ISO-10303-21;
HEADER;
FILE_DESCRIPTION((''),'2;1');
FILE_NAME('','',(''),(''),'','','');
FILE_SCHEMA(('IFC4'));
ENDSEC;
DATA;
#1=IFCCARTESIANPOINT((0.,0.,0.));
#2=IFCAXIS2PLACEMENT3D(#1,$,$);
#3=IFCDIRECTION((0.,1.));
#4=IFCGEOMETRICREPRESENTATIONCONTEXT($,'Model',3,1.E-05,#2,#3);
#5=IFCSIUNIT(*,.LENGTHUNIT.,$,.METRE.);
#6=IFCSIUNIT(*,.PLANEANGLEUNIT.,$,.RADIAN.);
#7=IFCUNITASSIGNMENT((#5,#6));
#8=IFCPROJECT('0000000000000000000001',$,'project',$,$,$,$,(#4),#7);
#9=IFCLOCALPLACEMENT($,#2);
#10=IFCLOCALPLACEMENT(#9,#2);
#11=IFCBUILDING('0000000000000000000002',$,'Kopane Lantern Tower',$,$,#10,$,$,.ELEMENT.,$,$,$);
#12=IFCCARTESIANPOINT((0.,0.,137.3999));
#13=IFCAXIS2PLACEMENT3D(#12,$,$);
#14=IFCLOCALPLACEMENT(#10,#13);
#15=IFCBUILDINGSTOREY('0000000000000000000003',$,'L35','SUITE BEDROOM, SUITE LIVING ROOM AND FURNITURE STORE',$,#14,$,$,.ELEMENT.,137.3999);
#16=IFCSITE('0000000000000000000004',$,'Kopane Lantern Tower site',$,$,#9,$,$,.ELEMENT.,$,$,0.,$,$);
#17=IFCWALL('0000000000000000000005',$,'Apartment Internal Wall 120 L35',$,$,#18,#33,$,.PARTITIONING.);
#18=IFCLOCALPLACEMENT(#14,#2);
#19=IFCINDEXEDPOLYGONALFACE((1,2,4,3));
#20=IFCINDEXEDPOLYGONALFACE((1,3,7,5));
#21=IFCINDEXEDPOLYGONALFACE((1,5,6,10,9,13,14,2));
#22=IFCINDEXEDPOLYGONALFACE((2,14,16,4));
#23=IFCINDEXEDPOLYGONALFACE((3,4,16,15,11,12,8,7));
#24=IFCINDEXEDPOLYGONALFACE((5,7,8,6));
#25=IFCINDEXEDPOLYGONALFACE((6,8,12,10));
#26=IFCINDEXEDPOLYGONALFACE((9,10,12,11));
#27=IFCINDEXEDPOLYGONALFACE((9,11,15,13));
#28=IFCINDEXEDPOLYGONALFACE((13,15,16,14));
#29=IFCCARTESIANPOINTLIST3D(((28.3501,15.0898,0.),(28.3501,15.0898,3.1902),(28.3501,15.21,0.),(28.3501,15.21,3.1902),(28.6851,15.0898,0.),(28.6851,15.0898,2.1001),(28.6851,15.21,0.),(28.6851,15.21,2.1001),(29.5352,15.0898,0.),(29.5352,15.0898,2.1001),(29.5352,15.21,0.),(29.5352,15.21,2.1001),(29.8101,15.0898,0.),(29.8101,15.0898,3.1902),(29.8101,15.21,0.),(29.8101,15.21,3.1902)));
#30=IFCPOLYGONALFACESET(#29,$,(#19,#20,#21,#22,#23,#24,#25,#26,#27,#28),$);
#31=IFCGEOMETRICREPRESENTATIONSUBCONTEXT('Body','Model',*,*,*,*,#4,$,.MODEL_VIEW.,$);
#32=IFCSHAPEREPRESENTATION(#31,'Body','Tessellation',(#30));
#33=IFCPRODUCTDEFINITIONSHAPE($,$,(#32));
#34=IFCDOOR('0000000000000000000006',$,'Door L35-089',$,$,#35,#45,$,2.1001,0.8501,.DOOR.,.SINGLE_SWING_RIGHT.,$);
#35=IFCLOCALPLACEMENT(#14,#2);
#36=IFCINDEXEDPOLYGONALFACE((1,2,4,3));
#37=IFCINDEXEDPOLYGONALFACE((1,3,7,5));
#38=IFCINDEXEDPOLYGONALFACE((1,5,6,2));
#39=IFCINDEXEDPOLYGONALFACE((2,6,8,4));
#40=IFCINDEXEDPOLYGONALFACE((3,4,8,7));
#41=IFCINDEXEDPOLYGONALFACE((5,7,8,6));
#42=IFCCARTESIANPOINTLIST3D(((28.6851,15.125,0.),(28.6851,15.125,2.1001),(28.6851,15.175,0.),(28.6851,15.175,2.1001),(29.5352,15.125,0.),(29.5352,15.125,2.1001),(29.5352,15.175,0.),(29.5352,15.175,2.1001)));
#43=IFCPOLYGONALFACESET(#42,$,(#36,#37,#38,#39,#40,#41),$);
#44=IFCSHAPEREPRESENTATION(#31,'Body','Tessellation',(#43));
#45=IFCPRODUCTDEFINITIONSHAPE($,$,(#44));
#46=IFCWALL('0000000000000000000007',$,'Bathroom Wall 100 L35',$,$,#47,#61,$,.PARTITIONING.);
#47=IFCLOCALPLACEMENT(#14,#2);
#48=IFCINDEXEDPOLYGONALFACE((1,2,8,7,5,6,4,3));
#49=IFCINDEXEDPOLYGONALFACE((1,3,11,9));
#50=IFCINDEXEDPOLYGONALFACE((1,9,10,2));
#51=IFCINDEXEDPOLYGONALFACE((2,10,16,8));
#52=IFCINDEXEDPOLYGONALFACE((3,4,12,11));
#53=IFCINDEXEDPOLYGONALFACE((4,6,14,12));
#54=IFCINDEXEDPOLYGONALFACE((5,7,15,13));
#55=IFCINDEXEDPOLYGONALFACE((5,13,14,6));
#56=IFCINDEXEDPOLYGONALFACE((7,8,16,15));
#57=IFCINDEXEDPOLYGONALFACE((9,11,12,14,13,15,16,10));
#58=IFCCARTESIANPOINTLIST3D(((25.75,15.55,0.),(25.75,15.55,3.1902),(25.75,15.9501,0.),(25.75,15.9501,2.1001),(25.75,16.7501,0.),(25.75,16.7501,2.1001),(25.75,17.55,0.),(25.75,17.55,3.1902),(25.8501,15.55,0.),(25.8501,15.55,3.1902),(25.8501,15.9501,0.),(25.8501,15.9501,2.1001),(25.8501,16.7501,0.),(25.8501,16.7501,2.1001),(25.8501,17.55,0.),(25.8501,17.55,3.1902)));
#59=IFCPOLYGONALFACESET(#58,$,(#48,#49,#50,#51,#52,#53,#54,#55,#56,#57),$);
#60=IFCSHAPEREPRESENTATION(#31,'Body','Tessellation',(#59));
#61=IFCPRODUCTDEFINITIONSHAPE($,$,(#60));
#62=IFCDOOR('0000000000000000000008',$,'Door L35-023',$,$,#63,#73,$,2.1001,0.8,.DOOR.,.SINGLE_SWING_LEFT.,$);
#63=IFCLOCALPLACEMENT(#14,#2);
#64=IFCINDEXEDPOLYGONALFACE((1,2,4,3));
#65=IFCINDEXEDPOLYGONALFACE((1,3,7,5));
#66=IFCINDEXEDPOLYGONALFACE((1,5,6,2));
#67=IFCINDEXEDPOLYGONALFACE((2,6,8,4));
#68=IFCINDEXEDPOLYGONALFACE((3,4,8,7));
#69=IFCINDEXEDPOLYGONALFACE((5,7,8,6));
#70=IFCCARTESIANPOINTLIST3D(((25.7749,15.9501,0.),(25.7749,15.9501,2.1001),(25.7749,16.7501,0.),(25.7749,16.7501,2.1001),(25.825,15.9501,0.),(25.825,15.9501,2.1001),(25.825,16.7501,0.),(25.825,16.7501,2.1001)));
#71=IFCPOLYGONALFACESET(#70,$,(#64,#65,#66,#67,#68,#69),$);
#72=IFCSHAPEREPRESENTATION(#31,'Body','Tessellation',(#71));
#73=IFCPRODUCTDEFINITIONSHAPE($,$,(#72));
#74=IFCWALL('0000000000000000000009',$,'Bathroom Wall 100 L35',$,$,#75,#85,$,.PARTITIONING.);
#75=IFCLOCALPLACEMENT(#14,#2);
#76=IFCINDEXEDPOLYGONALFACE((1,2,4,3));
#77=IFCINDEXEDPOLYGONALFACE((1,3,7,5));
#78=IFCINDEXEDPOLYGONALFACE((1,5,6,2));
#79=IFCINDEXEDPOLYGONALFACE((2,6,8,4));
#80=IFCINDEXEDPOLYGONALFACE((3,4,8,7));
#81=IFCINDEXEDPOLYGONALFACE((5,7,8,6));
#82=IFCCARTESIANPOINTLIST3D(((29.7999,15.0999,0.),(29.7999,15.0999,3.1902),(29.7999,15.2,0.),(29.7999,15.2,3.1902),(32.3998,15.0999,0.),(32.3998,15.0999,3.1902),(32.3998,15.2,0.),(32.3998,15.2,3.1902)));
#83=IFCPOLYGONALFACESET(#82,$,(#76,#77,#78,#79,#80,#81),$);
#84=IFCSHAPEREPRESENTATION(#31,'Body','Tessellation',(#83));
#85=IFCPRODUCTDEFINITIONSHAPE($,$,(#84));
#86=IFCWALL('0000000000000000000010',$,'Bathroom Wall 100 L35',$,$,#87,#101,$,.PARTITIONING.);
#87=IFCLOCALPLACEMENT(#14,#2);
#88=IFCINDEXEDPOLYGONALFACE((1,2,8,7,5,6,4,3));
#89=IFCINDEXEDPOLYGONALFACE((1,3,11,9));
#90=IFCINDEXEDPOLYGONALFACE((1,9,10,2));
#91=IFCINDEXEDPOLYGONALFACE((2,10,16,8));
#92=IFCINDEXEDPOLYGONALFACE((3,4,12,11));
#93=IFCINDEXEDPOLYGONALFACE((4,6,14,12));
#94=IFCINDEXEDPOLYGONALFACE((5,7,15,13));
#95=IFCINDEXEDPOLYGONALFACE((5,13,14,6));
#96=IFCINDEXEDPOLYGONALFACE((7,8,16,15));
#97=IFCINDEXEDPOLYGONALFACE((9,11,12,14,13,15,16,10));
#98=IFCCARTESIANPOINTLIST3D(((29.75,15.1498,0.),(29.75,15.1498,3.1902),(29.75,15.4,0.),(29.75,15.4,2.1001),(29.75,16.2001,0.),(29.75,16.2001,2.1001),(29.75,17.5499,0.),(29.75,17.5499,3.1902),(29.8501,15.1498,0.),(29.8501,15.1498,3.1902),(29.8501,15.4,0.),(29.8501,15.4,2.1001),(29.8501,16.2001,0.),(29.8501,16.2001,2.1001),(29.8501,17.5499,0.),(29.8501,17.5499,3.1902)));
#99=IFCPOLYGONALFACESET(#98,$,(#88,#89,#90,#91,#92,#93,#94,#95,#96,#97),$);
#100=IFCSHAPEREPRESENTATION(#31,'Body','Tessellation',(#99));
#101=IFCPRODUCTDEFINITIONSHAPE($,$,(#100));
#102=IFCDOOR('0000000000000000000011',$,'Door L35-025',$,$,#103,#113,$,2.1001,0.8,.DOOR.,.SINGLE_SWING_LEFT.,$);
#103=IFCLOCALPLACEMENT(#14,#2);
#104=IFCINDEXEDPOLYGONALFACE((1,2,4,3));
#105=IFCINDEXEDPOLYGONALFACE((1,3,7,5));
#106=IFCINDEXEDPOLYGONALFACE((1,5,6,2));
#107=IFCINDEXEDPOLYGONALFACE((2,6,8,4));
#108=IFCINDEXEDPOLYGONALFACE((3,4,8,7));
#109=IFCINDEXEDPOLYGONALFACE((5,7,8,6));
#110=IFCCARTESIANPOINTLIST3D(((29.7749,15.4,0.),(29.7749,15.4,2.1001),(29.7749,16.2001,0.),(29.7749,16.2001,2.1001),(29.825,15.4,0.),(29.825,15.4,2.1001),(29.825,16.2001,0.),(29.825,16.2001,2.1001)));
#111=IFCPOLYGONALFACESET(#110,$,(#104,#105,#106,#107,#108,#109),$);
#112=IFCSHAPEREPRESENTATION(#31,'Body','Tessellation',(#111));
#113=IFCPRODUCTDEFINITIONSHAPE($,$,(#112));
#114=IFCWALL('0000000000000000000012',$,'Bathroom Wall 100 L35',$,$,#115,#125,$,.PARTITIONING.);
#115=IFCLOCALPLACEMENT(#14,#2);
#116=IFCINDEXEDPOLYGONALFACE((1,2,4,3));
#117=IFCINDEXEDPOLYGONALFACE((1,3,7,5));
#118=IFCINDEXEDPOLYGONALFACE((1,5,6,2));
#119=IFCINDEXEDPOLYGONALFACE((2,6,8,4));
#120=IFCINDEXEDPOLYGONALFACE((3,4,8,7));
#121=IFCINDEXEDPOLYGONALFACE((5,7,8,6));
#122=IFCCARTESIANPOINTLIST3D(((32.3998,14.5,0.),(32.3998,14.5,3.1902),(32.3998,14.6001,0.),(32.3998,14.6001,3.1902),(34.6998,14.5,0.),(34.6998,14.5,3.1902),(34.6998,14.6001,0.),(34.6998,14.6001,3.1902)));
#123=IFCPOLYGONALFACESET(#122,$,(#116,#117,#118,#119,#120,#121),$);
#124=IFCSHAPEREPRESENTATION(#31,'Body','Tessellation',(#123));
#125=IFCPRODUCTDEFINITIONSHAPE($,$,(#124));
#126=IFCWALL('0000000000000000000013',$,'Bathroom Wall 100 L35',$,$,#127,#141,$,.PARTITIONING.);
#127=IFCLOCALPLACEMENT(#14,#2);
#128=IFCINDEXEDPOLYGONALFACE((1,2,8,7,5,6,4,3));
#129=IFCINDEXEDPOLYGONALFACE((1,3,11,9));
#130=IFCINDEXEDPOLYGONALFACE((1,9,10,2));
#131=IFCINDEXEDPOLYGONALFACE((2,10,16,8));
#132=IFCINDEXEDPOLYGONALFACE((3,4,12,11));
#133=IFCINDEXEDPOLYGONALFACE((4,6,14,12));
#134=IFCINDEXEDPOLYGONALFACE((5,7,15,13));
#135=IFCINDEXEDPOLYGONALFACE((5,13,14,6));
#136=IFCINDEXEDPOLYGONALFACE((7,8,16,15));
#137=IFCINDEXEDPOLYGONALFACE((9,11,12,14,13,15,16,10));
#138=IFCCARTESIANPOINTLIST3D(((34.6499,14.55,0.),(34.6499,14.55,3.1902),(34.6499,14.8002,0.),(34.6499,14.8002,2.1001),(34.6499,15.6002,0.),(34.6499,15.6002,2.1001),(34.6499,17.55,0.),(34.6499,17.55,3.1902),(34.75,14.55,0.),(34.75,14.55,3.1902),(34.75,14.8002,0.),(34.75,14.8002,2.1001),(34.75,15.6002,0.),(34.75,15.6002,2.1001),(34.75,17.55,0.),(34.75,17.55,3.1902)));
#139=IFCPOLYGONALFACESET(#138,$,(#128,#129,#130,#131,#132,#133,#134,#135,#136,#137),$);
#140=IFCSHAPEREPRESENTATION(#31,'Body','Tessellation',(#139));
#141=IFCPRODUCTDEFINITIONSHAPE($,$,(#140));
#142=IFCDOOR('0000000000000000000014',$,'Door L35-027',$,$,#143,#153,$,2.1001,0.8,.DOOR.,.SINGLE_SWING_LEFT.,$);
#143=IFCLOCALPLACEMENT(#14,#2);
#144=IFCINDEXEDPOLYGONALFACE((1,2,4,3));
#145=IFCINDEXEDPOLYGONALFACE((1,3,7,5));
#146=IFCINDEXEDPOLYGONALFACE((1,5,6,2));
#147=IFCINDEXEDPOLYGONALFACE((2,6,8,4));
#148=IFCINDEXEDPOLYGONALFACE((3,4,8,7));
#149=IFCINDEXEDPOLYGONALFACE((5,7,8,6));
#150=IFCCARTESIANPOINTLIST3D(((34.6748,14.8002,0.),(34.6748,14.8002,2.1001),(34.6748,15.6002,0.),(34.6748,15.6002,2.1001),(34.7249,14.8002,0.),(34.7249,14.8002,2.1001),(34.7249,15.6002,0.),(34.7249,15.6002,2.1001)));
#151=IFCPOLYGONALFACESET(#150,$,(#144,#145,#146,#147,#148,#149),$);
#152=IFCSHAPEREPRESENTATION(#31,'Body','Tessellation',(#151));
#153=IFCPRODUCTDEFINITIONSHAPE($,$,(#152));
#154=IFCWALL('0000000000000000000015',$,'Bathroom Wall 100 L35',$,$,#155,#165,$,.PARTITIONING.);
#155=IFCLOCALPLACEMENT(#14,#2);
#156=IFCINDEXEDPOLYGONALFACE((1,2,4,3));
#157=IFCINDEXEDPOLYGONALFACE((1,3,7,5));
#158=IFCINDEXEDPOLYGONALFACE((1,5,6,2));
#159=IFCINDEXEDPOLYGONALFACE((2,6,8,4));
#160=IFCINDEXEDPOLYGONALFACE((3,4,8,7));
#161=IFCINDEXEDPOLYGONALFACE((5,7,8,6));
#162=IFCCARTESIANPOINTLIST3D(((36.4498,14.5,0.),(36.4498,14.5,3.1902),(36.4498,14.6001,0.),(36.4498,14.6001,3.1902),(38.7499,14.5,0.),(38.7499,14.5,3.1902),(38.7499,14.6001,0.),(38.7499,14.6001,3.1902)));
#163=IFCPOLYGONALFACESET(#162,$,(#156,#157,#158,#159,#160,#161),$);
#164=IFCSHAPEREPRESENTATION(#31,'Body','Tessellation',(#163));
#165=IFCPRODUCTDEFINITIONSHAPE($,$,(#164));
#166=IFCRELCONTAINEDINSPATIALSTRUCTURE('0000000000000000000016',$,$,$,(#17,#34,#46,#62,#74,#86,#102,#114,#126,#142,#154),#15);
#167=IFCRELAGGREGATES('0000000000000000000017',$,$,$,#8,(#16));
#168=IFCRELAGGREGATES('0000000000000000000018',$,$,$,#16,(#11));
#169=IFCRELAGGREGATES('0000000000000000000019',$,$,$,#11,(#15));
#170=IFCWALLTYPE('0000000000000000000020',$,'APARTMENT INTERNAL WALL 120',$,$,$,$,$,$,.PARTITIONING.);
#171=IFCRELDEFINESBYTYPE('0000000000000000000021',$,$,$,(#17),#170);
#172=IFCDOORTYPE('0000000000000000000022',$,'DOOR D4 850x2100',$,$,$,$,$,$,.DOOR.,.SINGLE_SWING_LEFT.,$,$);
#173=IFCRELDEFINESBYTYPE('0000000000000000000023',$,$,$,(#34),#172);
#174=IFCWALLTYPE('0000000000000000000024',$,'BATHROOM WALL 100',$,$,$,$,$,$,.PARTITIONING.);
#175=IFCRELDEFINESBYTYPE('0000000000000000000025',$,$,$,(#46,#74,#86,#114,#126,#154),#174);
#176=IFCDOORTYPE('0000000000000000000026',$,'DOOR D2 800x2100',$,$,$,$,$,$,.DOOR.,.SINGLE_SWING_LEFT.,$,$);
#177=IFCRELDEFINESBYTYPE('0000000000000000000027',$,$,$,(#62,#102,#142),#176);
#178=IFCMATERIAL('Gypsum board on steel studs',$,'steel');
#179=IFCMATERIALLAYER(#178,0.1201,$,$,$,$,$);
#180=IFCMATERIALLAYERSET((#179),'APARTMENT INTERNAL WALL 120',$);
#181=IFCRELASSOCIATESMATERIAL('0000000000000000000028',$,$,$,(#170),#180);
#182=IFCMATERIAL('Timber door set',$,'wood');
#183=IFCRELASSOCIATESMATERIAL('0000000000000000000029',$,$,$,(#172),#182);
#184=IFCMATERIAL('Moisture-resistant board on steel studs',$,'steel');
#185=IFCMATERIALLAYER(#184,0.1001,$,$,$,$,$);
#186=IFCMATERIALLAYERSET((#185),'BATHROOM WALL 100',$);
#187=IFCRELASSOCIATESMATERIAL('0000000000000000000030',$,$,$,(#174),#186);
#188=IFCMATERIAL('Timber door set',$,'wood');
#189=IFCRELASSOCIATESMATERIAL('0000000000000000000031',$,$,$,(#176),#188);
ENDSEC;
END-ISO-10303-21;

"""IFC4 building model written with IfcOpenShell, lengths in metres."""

from ifc_helpers import new_model, si_unit, direction, frame, frame_2d, origin, place, context, subcontext, project, spatial, rectangle, extrude, material, layer, layer_set, type_object, element, fill, save


model = new_model("IFC4")

# Units and contexts
model_context = context("Model", 3, precision=1e-05, world=origin(), true_north=direction((0.0, 1.0)))
body_context = subcontext(model_context, "Body", "Model", "MODEL_VIEW")
ifc_project = project(units=[si_unit("LENGTHUNIT", "METRE"), si_unit("PLANEANGLEUNIT", "RADIAN")], contexts=[model_context])

# Site, building, storey
site_placement = place(None, origin())
site = spatial("IfcSite", under=ifc_project, at=site_placement, Name="Kopane Lantern Tower site", CompositionType="ELEMENT", RefElevation=0.0)
building_placement = place(site_placement, origin())
building = spatial("IfcBuilding", under=site, at=building_placement, Name="Kopane Lantern Tower", CompositionType="ELEMENT")
storey_placement = place(building_placement, frame((0.0, 0.0, 137.3999)))
storey = spatial("IfcBuildingStorey", under=building, at=storey_placement, Name="L35", Description="SUITE BEDROOM, SUITE LIVING ROOM AND FURNITURE STORE", CompositionType="ELEMENT", Elevation=137.3999)

# Shared definitions
ifc_material_1 = material(Name="Gypsum board on steel studs", Category="steel")
ifc_layer_1 = layer(ifc_material_1, 0.1201)
ifc_layer_set_1 = layer_set([ifc_layer_1], Name="APARTMENT INTERNAL WALL 120")
wall_type_1 = type_object("IfcWallType", Name="APARTMENT INTERNAL WALL 120", PredefinedType="PARTITIONING", material=ifc_layer_set_1)
ifc_material_2 = material(Name="Timber door set", Category="wood")
door_type_1 = type_object("IfcDoorType", Name="DOOR D4 850x2100", OperationType="SINGLE_SWING_LEFT", PredefinedType="DOOR", material=ifc_material_2)

# Walls, openings, doors
wall_1_placement = place(storey_placement, frame((29.8101, 15.1499, 0.0), z_axis=(0.0, 0.0, 1.0), x_axis=(-1.0, 0.0, 0.0)))
wall_1 = element("IfcWall", 1, at=wall_1_placement, inside=storey, type_object=wall_type_1, Name="Apartment Internal Wall 120 L35", PredefinedType="PARTITIONING", context=body_context, shape_type="SweptSolid", body=[
    extrude(rectangle(XDim=1.46, YDim=0.1201, at=frame_2d((0.73, 0.0))), origin(), (0.0, 0.0, 1.0), 3.1902),
])
opening_1_placement = place(wall_1_placement, frame((0.2749, 0.0, 0.0)))
opening_1 = element("IfcOpeningElement", 2, at=opening_1_placement, cuts=wall_1, PredefinedType="OPENING", context=body_context, shape_type="SweptSolid", body=[
    extrude(rectangle(XDim=0.8501, YDim=2.1001, at=frame_2d((0.425, 1.05))), frame((0.0, 0.0701, 0.0), z_axis=(0.0, -1.0, 0.0), x_axis=(1.0, 0.0, 0.0)), (0.0, 0.0, 1.0), 0.1401),
])
door_1_placement = place(opening_1_placement, origin())
door_1 = element("IfcDoor", 3, at=door_1_placement, inside=storey, type_object=door_type_1, Name="Door L35-089", OperationType="SINGLE_SWING_RIGHT", OverallHeight=2.1001, OverallWidth=0.8501, PredefinedType="DOOR", context=body_context, shape_type="SweptSolid", body=[
    extrude(rectangle(XDim=0.8501, YDim=2.1001, at=frame_2d((0.425, 1.05))), frame((0.0, 0.0249, 0.0), z_axis=(0.0, -1.0, 0.0), x_axis=(1.0, 0.0, 0.0)), (0.0, 0.0, 1.0), 0.05),
])
fill(opening_1, door_1)
ifc_material_3 = material(Name="Moisture-resistant board on steel studs", Category="steel")
ifc_layer_2 = layer(ifc_material_3, 0.1001)
ifc_layer_set_2 = layer_set([ifc_layer_2], Name="BATHROOM WALL 100")
wall_type_2 = type_object("IfcWallType", Name="BATHROOM WALL 100", PredefinedType="PARTITIONING", material=ifc_layer_set_2)
wall_2_placement = place(storey_placement, frame((25.8, 17.55, 0.0), z_axis=(0.0, 0.0, 1.0), x_axis=(0.0, -1.0, 0.0)))
wall_2 = element("IfcWall", 4, at=wall_2_placement, inside=storey, type_object=wall_type_2, Name="Bathroom Wall 100 L35", PredefinedType="PARTITIONING", context=body_context, shape_type="SweptSolid", body=[
    extrude(rectangle(XDim=2.0, YDim=0.1001, at=frame_2d((1.0, 0.0))), origin(), (0.0, 0.0, 1.0), 3.1902),
])
opening_2_placement = place(wall_2_placement, frame((0.8, 0.0, 0.0)))
opening_2 = element("IfcOpeningElement", 5, at=opening_2_placement, cuts=wall_2, PredefinedType="OPENING", context=body_context, shape_type="SweptSolid", body=[
    extrude(rectangle(XDim=0.8, YDim=2.1001, at=frame_2d((0.3999, 1.05))), frame((0.0, 0.0601, 0.0), z_axis=(0.0, -1.0, 0.0), x_axis=(1.0, 0.0, 0.0)), (0.0, 0.0, 1.0), 0.1201),
])
ifc_material_4 = material(Name="Timber door set", Category="wood")
door_type_2 = type_object("IfcDoorType", Name="DOOR D2 800x2100", OperationType="SINGLE_SWING_LEFT", PredefinedType="DOOR", material=ifc_material_4)
door_2_placement = place(opening_2_placement, origin())
door_2 = element("IfcDoor", 6, at=door_2_placement, inside=storey, type_object=door_type_2, Name="Door L35-023", OperationType="SINGLE_SWING_LEFT", OverallHeight=2.1001, OverallWidth=0.8, PredefinedType="DOOR", context=body_context, shape_type="SweptSolid", body=[
    extrude(rectangle(XDim=0.8, YDim=2.1001, at=frame_2d((0.3999, 1.05))), frame((0.0, 0.0249, 0.0), z_axis=(0.0, -1.0, 0.0), x_axis=(1.0, 0.0, 0.0)), (0.0, 0.0, 1.0), 0.05),
])
fill(opening_2, door_2)

# Wall
wall_3_placement = place(storey_placement, frame((29.8, 15.1499, 0.0), z_axis=(0.0, 0.0, 1.0), x_axis=(1.0, 0.0, 0.0)))
element("IfcWall", 7, at=wall_3_placement, inside=storey, type_object=wall_type_2, Name="Bathroom Wall 100 L35", PredefinedType="PARTITIONING", context=body_context, shape_type="SweptSolid", body=[
    extrude(rectangle(XDim=2.5999, YDim=0.1001, at=frame_2d((1.2998, 0.0))), origin(), (0.0, 0.0, 1.0), 3.1902),
])

# Wall, opening, door
wall_4_placement = place(storey_placement, frame((29.8, 17.55, 0.0), z_axis=(0.0, 0.0, 1.0), x_axis=(0.0, -1.0, 0.0)))
wall_4 = element("IfcWall", 8, at=wall_4_placement, inside=storey, type_object=wall_type_2, Name="Bathroom Wall 100 L35", PredefinedType="PARTITIONING", context=body_context, shape_type="SweptSolid", body=[
    extrude(rectangle(XDim=2.4001, YDim=0.1001, at=frame_2d((1.2002, 0.0))), origin(), (0.0, 0.0, 1.0), 3.1902),
])
opening_3_placement = place(wall_4_placement, frame((1.3501, 0.0, 0.0)))
opening_3 = element("IfcOpeningElement", 9, at=opening_3_placement, cuts=wall_4, PredefinedType="OPENING", context=body_context, shape_type="SweptSolid", body=[
    extrude(rectangle(XDim=0.8, YDim=2.1001, at=frame_2d((0.3999, 1.05))), frame((0.0, 0.0601, 0.0), z_axis=(0.0, -1.0, 0.0), x_axis=(1.0, 0.0, 0.0)), (0.0, 0.0, 1.0), 0.1201),
])
door_3_placement = place(opening_3_placement, origin())
door_3 = element("IfcDoor", 10, at=door_3_placement, inside=storey, type_object=door_type_2, Name="Door L35-025", OperationType="SINGLE_SWING_LEFT", OverallHeight=2.1001, OverallWidth=0.8, PredefinedType="DOOR", context=body_context, shape_type="SweptSolid", body=[
    extrude(rectangle(XDim=0.8, YDim=2.1001, at=frame_2d((0.3999, 1.05))), frame((0.0, 0.0249, 0.0), z_axis=(0.0, -1.0, 0.0), x_axis=(1.0, 0.0, 0.0)), (0.0, 0.0, 1.0), 0.05),
])
fill(opening_3, door_3)

# Wall
wall_5_placement = place(storey_placement, frame((32.3999, 14.55, 0.0), z_axis=(0.0, 0.0, 1.0), x_axis=(1.0, 0.0, 0.0)))
element("IfcWall", 11, at=wall_5_placement, inside=storey, type_object=wall_type_2, Name="Bathroom Wall 100 L35", PredefinedType="PARTITIONING", context=body_context, shape_type="SweptSolid", body=[
    extrude(rectangle(XDim=2.3, YDim=0.1001, at=frame_2d((1.1499, 0.0))), origin(), (0.0, 0.0, 1.0), 3.1902),
])

# Wall, opening, door
wall_6_placement = place(storey_placement, frame((34.7, 17.55, 0.0), z_axis=(0.0, 0.0, 1.0), x_axis=(0.0, -1.0, 0.0)))
wall_6 = element("IfcWall", 12, at=wall_6_placement, inside=storey, type_object=wall_type_2, Name="Bathroom Wall 100 L35", PredefinedType="PARTITIONING", context=body_context, shape_type="SweptSolid", body=[
    extrude(rectangle(XDim=3.0, YDim=0.1001, at=frame_2d((1.5, 0.0))), origin(), (0.0, 0.0, 1.0), 3.1902),
])
opening_4_placement = place(wall_6_placement, frame((1.95, 0.0, 0.0)))
opening_4 = element("IfcOpeningElement", 13, at=opening_4_placement, cuts=wall_6, PredefinedType="OPENING", context=body_context, shape_type="SweptSolid", body=[
    extrude(rectangle(XDim=0.8, YDim=2.1001, at=frame_2d((0.3999, 1.05))), frame((0.0, 0.0601, 0.0), z_axis=(0.0, -1.0, 0.0), x_axis=(1.0, 0.0, 0.0)), (0.0, 0.0, 1.0), 0.1201),
])
door_4_placement = place(opening_4_placement, origin())
door_4 = element("IfcDoor", 14, at=door_4_placement, inside=storey, type_object=door_type_2, Name="Door L35-027", OperationType="SINGLE_SWING_LEFT", OverallHeight=2.1001, OverallWidth=0.8, PredefinedType="DOOR", context=body_context, shape_type="SweptSolid", body=[
    extrude(rectangle(XDim=0.8, YDim=2.1001, at=frame_2d((0.3999, 1.05))), frame((0.0, 0.0249, 0.0), z_axis=(0.0, -1.0, 0.0), x_axis=(1.0, 0.0, 0.0)), (0.0, 0.0, 1.0), 0.05),
])
fill(opening_4, door_4)

# Wall
wall_7_placement = place(storey_placement, frame((36.45, 14.55, 0.0), z_axis=(0.0, 0.0, 1.0), x_axis=(1.0, 0.0, 0.0)))
element("IfcWall", 15, at=wall_7_placement, inside=storey, type_object=wall_type_2, Name="Bathroom Wall 100 L35", PredefinedType="PARTITIONING", context=body_context, shape_type="SweptSolid", body=[
    extrude(rectangle(XDim=2.3, YDim=0.1001, at=frame_2d((1.1499, 0.0))), origin(), (0.0, 0.0, 1.0), 3.1902),
])

save(model, "model.ifc")
